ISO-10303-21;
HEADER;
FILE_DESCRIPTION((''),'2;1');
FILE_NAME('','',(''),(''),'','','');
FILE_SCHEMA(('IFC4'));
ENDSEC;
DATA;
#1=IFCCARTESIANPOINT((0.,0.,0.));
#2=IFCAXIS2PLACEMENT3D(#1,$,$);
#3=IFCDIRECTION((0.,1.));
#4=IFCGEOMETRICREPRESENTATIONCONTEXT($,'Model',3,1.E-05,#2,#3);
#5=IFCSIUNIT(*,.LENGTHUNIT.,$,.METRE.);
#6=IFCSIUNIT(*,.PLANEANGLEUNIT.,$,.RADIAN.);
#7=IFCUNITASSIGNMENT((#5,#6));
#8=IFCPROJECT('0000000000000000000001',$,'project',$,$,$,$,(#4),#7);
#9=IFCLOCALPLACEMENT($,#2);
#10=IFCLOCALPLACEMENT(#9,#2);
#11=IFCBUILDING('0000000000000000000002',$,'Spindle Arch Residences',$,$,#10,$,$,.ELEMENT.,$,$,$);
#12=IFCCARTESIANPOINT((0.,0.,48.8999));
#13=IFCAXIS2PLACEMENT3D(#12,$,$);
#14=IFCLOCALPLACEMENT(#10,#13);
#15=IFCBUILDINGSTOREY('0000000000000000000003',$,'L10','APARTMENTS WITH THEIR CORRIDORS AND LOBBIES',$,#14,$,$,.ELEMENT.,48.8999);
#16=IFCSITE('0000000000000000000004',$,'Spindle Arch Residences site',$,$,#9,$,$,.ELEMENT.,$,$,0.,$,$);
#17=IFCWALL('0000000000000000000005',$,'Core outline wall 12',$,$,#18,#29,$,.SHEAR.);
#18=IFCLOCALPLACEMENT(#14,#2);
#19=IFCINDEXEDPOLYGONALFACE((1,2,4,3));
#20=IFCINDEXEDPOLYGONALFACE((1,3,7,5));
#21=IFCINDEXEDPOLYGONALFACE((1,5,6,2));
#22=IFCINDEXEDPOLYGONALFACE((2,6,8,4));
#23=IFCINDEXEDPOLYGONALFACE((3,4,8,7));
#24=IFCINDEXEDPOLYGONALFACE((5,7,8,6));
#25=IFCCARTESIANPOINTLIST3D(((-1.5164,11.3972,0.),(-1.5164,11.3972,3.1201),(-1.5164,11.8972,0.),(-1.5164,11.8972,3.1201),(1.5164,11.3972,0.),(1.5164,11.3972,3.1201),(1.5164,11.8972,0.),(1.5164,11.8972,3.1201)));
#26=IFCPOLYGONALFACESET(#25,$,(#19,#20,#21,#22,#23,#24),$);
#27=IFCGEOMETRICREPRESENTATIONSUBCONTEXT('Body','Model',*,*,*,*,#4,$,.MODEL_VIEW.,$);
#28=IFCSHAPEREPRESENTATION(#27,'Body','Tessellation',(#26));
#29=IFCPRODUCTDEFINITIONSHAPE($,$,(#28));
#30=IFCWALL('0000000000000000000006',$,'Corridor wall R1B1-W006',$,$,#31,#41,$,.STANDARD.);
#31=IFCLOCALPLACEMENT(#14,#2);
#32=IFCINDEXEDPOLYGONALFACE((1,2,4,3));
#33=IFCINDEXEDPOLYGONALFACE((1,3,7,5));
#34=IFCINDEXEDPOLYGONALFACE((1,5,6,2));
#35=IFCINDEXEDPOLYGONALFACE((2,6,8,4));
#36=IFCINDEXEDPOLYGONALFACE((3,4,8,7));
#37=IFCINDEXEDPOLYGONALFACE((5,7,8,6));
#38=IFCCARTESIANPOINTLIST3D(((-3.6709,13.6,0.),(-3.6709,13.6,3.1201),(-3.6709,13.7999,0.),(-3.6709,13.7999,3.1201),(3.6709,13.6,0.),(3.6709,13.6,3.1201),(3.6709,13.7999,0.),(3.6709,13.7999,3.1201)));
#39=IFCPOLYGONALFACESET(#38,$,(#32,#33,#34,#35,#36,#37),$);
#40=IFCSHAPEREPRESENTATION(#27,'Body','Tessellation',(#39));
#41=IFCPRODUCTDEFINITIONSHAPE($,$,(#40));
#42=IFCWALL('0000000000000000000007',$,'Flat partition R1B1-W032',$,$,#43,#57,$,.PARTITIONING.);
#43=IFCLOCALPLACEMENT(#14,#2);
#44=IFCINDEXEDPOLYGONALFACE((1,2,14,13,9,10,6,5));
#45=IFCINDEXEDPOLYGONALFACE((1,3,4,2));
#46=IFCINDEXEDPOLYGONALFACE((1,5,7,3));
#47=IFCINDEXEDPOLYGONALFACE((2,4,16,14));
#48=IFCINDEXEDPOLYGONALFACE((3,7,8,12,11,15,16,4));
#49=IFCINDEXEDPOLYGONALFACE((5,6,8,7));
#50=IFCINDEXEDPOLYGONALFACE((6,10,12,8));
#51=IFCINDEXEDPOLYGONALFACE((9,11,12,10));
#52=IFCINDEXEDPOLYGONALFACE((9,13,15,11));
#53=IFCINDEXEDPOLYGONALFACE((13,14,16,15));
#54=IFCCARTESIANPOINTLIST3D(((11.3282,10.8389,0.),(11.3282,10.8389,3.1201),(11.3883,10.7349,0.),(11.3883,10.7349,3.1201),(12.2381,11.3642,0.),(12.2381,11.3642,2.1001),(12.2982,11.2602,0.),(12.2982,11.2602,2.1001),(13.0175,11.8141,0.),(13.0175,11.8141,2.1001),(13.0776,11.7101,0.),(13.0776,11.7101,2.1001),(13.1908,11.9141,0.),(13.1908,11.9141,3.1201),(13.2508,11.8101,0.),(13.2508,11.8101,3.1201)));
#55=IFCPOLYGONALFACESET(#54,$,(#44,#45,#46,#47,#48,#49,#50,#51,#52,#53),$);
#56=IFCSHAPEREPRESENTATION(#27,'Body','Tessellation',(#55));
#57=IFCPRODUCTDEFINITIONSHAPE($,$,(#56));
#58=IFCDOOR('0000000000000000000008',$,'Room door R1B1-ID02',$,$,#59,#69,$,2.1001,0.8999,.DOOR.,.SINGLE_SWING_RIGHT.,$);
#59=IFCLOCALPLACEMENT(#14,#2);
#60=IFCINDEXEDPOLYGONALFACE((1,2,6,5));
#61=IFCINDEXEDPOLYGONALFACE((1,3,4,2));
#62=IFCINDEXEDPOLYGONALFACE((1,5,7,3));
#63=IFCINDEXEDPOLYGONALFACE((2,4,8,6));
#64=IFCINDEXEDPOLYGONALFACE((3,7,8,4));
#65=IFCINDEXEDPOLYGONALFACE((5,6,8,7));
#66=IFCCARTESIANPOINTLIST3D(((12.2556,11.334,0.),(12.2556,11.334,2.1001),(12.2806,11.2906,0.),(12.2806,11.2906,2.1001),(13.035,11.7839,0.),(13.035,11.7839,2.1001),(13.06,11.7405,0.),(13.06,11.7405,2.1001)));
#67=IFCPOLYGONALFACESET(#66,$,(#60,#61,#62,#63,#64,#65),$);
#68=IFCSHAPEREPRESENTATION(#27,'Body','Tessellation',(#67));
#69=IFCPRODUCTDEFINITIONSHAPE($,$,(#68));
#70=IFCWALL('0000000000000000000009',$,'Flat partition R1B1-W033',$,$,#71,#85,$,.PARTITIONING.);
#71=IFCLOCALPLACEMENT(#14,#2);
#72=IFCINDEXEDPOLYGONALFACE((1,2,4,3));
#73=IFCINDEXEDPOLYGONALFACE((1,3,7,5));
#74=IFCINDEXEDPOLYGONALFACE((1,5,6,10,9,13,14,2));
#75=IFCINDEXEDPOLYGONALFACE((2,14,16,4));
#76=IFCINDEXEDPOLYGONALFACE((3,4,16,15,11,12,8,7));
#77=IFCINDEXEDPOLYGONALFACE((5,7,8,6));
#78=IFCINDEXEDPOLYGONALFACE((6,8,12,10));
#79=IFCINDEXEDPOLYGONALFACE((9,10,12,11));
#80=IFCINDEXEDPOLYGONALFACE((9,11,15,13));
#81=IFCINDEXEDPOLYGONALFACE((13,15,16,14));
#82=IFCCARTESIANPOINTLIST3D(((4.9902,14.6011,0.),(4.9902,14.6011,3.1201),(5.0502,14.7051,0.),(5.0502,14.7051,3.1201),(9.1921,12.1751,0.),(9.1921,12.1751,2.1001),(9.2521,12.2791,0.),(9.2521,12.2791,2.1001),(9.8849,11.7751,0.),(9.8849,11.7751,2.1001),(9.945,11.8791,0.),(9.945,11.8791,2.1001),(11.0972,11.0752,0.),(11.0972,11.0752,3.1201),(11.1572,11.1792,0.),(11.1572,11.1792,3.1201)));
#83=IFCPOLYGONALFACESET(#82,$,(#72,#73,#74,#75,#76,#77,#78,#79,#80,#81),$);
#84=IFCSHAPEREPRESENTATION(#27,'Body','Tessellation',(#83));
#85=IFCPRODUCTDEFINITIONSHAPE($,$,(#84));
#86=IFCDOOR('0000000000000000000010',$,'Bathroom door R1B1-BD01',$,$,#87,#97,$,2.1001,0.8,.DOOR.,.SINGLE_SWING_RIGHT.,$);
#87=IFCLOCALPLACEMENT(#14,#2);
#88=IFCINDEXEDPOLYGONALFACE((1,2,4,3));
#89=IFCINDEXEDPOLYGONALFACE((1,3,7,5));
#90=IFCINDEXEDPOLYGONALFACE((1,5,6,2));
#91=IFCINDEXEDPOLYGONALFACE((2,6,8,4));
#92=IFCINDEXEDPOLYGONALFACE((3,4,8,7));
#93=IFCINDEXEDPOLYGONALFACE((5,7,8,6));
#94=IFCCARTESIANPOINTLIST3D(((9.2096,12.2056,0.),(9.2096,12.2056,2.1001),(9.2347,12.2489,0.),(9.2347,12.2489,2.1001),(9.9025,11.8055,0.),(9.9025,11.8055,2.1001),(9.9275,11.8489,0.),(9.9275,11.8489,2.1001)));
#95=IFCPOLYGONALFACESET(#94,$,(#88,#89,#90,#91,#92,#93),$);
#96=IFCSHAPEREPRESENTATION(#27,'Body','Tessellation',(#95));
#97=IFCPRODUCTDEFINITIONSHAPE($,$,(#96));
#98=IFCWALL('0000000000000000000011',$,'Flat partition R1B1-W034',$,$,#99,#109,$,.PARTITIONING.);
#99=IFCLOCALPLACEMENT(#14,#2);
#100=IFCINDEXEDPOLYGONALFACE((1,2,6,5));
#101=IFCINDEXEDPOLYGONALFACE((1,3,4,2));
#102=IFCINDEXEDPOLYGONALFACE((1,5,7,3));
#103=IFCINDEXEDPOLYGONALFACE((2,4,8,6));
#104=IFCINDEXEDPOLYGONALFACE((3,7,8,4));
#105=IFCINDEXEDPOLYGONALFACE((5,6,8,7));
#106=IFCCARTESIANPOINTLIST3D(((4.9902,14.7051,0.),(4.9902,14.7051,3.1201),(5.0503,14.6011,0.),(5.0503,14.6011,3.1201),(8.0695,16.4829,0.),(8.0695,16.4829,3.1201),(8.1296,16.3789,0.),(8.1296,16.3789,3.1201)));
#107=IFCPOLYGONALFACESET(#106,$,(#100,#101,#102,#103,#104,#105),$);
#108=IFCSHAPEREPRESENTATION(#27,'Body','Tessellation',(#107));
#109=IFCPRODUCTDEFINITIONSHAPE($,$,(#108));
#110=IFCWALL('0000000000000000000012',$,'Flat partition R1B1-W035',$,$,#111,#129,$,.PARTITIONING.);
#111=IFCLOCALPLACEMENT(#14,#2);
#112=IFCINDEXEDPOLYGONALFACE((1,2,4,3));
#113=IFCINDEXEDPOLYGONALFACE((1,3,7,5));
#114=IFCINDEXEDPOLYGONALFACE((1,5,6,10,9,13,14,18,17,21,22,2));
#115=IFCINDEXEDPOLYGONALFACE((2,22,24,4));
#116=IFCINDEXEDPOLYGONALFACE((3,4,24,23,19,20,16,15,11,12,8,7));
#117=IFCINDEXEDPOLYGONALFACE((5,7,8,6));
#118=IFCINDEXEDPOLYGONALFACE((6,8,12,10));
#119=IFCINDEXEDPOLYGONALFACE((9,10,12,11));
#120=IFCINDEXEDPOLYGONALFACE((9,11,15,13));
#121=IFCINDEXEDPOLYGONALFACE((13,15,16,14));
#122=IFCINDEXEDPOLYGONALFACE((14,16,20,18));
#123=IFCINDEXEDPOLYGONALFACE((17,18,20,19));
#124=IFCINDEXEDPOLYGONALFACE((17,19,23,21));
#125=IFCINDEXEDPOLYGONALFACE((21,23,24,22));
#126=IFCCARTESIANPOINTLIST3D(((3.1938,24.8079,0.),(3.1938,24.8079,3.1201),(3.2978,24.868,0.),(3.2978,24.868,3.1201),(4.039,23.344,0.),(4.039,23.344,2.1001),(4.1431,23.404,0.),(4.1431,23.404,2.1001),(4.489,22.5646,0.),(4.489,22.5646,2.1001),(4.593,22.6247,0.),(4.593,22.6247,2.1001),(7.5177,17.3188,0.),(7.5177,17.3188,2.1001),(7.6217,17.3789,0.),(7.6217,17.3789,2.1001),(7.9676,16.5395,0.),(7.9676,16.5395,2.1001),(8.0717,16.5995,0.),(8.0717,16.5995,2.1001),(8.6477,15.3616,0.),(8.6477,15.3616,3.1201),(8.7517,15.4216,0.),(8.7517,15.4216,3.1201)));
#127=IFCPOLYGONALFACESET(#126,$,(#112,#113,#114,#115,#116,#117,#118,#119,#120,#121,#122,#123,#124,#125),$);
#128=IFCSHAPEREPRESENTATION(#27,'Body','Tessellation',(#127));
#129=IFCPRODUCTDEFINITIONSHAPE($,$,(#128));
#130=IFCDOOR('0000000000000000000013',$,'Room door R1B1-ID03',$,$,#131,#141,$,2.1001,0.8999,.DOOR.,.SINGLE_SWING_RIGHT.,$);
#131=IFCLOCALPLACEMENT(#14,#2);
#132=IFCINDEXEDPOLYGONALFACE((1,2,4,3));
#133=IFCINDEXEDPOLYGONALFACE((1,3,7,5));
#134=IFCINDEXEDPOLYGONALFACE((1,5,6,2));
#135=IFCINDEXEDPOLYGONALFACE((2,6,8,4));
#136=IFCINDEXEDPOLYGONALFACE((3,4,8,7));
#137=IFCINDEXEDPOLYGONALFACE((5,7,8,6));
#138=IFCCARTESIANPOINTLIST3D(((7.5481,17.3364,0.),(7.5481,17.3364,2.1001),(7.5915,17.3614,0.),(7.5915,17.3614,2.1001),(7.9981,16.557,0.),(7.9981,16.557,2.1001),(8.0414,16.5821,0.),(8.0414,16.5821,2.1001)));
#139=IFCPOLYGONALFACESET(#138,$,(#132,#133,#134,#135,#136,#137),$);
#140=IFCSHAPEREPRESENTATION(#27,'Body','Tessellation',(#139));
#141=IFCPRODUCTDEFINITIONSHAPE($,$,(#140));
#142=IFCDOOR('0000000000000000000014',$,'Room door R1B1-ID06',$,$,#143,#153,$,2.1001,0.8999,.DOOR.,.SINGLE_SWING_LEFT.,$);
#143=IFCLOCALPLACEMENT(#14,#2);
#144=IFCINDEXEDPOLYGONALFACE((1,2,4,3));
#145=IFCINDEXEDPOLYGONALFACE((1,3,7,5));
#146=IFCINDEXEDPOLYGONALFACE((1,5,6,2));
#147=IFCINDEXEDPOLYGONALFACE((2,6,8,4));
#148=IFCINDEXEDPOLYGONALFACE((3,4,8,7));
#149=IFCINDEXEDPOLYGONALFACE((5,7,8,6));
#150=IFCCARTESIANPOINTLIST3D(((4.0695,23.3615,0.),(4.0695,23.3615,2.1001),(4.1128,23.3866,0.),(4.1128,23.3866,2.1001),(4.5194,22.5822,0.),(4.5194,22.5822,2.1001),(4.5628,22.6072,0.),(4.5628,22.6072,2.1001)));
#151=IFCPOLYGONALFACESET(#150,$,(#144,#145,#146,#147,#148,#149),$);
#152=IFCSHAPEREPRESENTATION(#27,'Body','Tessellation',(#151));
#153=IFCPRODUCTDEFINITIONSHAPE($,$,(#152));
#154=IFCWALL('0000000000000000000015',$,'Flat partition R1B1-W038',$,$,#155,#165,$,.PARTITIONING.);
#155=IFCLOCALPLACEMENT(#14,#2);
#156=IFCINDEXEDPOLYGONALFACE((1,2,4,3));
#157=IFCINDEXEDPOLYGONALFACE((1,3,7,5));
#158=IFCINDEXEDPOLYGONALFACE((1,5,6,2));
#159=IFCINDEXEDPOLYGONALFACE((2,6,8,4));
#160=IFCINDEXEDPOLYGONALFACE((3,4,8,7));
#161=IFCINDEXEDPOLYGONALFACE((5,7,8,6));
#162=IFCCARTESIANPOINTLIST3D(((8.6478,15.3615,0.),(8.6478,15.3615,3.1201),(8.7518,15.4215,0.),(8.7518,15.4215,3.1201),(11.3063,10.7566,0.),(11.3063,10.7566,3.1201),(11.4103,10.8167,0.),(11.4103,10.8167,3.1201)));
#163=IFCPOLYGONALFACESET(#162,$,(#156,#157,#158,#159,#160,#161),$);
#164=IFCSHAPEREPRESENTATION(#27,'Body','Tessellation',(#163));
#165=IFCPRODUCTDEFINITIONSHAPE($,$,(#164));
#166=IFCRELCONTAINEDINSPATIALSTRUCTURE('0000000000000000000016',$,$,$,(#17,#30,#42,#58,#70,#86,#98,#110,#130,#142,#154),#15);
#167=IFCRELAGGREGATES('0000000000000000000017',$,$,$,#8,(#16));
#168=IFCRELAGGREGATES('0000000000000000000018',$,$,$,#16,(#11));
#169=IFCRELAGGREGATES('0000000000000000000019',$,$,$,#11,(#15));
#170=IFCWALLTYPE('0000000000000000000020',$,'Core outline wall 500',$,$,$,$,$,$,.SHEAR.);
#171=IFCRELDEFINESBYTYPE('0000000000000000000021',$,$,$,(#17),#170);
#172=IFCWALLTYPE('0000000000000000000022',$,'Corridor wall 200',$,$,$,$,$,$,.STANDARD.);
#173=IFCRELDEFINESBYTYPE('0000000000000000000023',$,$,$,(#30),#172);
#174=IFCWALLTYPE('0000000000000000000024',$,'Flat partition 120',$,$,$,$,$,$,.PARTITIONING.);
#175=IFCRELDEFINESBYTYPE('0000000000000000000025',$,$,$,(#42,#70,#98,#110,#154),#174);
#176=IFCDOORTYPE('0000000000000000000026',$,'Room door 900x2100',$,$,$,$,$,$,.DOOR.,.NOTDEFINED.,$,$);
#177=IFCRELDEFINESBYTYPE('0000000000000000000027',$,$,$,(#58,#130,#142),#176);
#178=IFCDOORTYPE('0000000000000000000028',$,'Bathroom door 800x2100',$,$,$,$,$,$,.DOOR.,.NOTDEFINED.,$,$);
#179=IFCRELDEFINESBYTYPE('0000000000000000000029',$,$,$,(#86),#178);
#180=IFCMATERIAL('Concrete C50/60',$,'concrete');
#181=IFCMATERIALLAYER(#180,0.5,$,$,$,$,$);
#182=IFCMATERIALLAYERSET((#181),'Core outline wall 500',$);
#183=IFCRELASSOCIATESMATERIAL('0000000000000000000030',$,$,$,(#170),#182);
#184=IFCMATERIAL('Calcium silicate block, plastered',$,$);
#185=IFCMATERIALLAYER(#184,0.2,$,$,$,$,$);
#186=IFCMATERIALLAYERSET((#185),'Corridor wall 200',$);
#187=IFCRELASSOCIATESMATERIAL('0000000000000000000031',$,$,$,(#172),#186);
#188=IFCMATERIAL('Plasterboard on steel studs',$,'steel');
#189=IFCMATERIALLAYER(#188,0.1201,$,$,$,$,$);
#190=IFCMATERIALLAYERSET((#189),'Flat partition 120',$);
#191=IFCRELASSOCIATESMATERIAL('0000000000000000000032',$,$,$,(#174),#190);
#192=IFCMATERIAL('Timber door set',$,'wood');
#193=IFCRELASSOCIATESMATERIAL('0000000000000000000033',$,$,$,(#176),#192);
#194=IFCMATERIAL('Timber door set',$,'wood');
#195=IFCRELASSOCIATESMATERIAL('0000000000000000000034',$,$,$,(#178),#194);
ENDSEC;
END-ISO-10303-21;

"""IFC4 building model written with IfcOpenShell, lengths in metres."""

from ifc_helpers import new_model, si_unit, direction, frame, frame_2d, origin, place, context, subcontext, project, spatial, rectangle, extrude, material, layer, layer_set, type_object, element, fill, save


model = new_model("IFC4")

# Units and contexts
model_context = context("Model", 3, precision=1e-05, world=origin(), true_north=direction((0.0, 1.0)))
body_context = subcontext(model_context, "Body", "Model", "MODEL_VIEW")
ifc_project = project(units=[si_unit("LENGTHUNIT", "METRE"), si_unit("PLANEANGLEUNIT", "RADIAN")], contexts=[model_context])

# Site, building, storey
site_placement = place(None, origin())
site = spatial("IfcSite", under=ifc_project, at=site_placement, Name="Spindle Arch Residences site", CompositionType="ELEMENT", RefElevation=0.0)
building_placement = place(site_placement, origin())
building = spatial("IfcBuilding", under=site, at=building_placement, Name="Spindle Arch Residences", CompositionType="ELEMENT")
storey_placement = place(building_placement, frame((0.0, 0.0, 48.8999)))
storey = spatial("IfcBuildingStorey", under=building, at=storey_placement, Name="L10", Description="APARTMENTS WITH THEIR CORRIDORS AND LOBBIES", CompositionType="ELEMENT", Elevation=48.8999)

# Walls
ifc_material_1 = material(Name="Concrete C50/60", Category="concrete")
ifc_layer_1 = layer(ifc_material_1, 0.5)
ifc_layer_set_1 = layer_set([ifc_layer_1], Name="Core outline wall 500")
wall_type_1 = type_object("IfcWallType", Name="Core outline wall 500", PredefinedType="SHEAR", material=ifc_layer_set_1)
wall_1_placement = place(storey_placement, frame((1.5164, 11.6472, 0.0), z_axis=(0.0, 0.0, 1.0), x_axis=(-1.0, 0.0, 0.0)))
element("IfcWall", 1, at=wall_1_placement, inside=storey, type_object=wall_type_1, Name="Core outline wall 12", PredefinedType="SHEAR", context=body_context, shape_type="SweptSolid", body=[
    extrude(rectangle(XDim=3.0327, YDim=0.5, at=frame_2d((1.5164, 0.0))), origin(), (0.0, 0.0, 1.0), 3.1201),
])
ifc_material_2 = material(Name="Calcium silicate block, plastered")
ifc_layer_2 = layer(ifc_material_2, 0.2)
ifc_layer_set_2 = layer_set([ifc_layer_2], Name="Corridor wall 200")
wall_type_2 = type_object("IfcWallType", Name="Corridor wall 200", PredefinedType="STANDARD", material=ifc_layer_set_2)
wall_2_placement = place(storey_placement, frame((3.6709, 13.7, 0.0), z_axis=(0.0, 0.0, 1.0), x_axis=(-1.0, 0.0, 0.0)))
element("IfcWall", 2, at=wall_2_placement, inside=storey, type_object=wall_type_2, Name="Corridor wall R1B1-W006", PredefinedType="STANDARD", context=body_context, shape_type="SweptSolid", body=[
    extrude(rectangle(XDim=7.3418, YDim=0.2, at=frame_2d((3.6709, 0.0))), origin(), (0.0, 0.0, 1.0), 3.1201),
])

# Walls, openings, doors
ifc_material_3 = material(Name="Plasterboard on steel studs", Category="steel")
ifc_layer_3 = layer(ifc_material_3, 0.1201)
ifc_layer_set_3 = layer_set([ifc_layer_3], Name="Flat partition 120")
wall_type_3 = type_object("IfcWallType", Name="Flat partition 120", PredefinedType="PARTITIONING", material=ifc_layer_set_3)
wall_3_placement = place(storey_placement, frame((13.2207, 11.8621, 0.0), z_axis=(0.0, 0.0, 1.0), x_axis=(-0.866055, -0.499948, 0.0)))
wall_3 = element("IfcWall", 3, at=wall_3_placement, inside=storey, type_object=wall_type_3, Name="Flat partition R1B1-W032", PredefinedType="PARTITIONING", context=body_context, shape_type="SweptSolid", body=[
    extrude(rectangle(XDim=2.1506, YDim=0.1201, at=frame_2d((1.0752, 0.0))), origin(), (0.0, 0.0, 1.0), 3.1201),
])
opening_1_placement = place(wall_3_placement, frame((0.2, 0.0, 0.0)))
opening_1 = element("IfcOpeningElement", 4, at=opening_1_placement, cuts=wall_3, PredefinedType="OPENING", context=body_context, shape_type="SweptSolid", body=[
    extrude(rectangle(XDim=0.8999, YDim=2.1001, at=frame_2d((0.45, 1.05))), frame((0.0, 0.0701, 0.0), z_axis=(0.0, -1.0, 0.0), x_axis=(1.0, 0.0, 0.0)), (0.0, 0.0, 1.0), 0.1401),
])
ifc_material_4 = material(Name="Timber door set", Category="wood")
door_type_1 = type_object("IfcDoorType", Name="Room door 900x2100", OperationType="NOTDEFINED", PredefinedType="DOOR", material=ifc_material_4)
door_1_placement = place(opening_1_placement, origin())
door_1 = element("IfcDoor", 5, at=door_1_placement, inside=storey, type_object=door_type_1, Name="Room door R1B1-ID02", OperationType="SINGLE_SWING_RIGHT", OverallHeight=2.1001, OverallWidth=0.8999, PredefinedType="DOOR", context=body_context, shape_type="SweptSolid", body=[
    extrude(rectangle(XDim=0.8999, YDim=2.1001, at=frame_2d((0.45, 1.05))), frame((0.0, 0.0249, 0.0), z_axis=(0.0, -1.0, 0.0), x_axis=(1.0, 0.0, 0.0)), (0.0, 0.0, 1.0), 0.05),
])
fill(opening_1, door_1)
wall_4_placement = place(storey_placement, frame((11.1272, 11.1272, 0.0), z_axis=(0.0, 0.0, 1.0), x_axis=(-0.866023, 0.500004, 0.0)))
wall_4 = element("IfcWall", 6, at=wall_4_placement, inside=storey, type_object=wall_type_3, Name="Flat partition R1B1-W033", PredefinedType="PARTITIONING", context=body_context, shape_type="SweptSolid", body=[
    extrude(rectangle(XDim=7.0518, YDim=0.1201, at=frame_2d((3.5259, 0.0))), origin(), (0.0, 0.0, 1.0), 3.1201),
])
opening_2_placement = place(wall_4_placement, frame((1.3999, 0.0, 0.0)))
opening_2 = element("IfcOpeningElement", 7, at=opening_2_placement, cuts=wall_4, PredefinedType="OPENING", context=body_context, shape_type="SweptSolid", body=[
    extrude(rectangle(XDim=0.8, YDim=2.1001, at=frame_2d((0.3999, 1.05))), frame((0.0, 0.0701, 0.0), z_axis=(0.0, -1.0, 0.0), x_axis=(1.0, 0.0, 0.0)), (0.0, 0.0, 1.0), 0.1401),
])
ifc_material_5 = material(Name="Timber door set", Category="wood")
door_type_2 = type_object("IfcDoorType", Name="Bathroom door 800x2100", OperationType="NOTDEFINED", PredefinedType="DOOR", material=ifc_material_5)
door_2_placement = place(opening_2_placement, origin())
door_2 = element("IfcDoor", 8, at=door_2_placement, inside=storey, type_object=door_type_2, Name="Bathroom door R1B1-BD01", OperationType="SINGLE_SWING_RIGHT", OverallHeight=2.1001, OverallWidth=0.8, PredefinedType="DOOR", context=body_context, shape_type="SweptSolid", body=[
    extrude(rectangle(XDim=0.8, YDim=2.1001, at=frame_2d((0.3999, 1.05))), frame((0.0, 0.0249, 0.0), z_axis=(0.0, -1.0, 0.0), x_axis=(1.0, 0.0, 0.0)), (0.0, 0.0, 1.0), 0.05),
])
fill(opening_2, door_2)

# Wall
wall_5_placement = place(storey_placement, frame((5.0203, 14.6531, 0.0), z_axis=(0.0, 0.0, 1.0), x_axis=(0.866029, 0.499994, 0.0)))
element("IfcWall", 9, at=wall_5_placement, inside=storey, type_object=wall_type_3, Name="Flat partition R1B1-W034", PredefinedType="PARTITIONING", context=body_context, shape_type="SweptSolid", body=[
    extrude(rectangle(XDim=3.5557, YDim=0.1201, at=frame_2d((1.7778, 0.0))), origin(), (0.0, 0.0, 1.0), 3.1201),
])

# Wall, openings, doors
wall_6_placement = place(storey_placement, frame((8.6997, 15.3916, 0.0), z_axis=(0.0, 0.0, 1.0), x_axis=(-0.500003, 0.866024, 0.0)))
wall_6 = element("IfcWall", 10, at=wall_6_placement, inside=storey, type_object=wall_type_3, Name="Flat partition R1B1-W035", PredefinedType="PARTITIONING", context=body_context, shape_type="SweptSolid", body=[
    extrude(rectangle(XDim=10.9077, YDim=0.1201, at=frame_2d((5.4539, 0.0))), origin(), (0.0, 0.0, 1.0), 3.1201),
])
opening_3_placement = place(wall_6_placement, frame((1.3601, 0.0, 0.0)))
opening_3 = element("IfcOpeningElement", 11, at=opening_3_placement, cuts=wall_6, PredefinedType="OPENING", context=body_context, shape_type="SweptSolid", body=[
    extrude(rectangle(XDim=0.8999, YDim=2.1001, at=frame_2d((0.45, 1.05))), frame((0.0, 0.0701, 0.0), z_axis=(0.0, -1.0, 0.0), x_axis=(1.0, 0.0, 0.0)), (0.0, 0.0, 1.0), 0.1401),
])
opening_4_placement = place(wall_6_placement, frame((8.3174, 0.0, 0.0)))
opening_4 = element("IfcOpeningElement", 12, at=opening_4_placement, cuts=wall_6, PredefinedType="OPENING", context=body_context, shape_type="SweptSolid", body=[
    extrude(rectangle(XDim=0.8999, YDim=2.1001, at=frame_2d((0.45, 1.05))), frame((0.0, 0.0701, 0.0), z_axis=(0.0, -1.0, 0.0), x_axis=(1.0, 0.0, 0.0)), (0.0, 0.0, 1.0), 0.1401),
])
door_3_placement = place(opening_3_placement, origin())
door_3 = element("IfcDoor", 13, at=door_3_placement, inside=storey, type_object=door_type_1, Name="Room door R1B1-ID03", OperationType="SINGLE_SWING_RIGHT", OverallHeight=2.1001, OverallWidth=0.8999, PredefinedType="DOOR", context=body_context, shape_type="SweptSolid", body=[
    extrude(rectangle(XDim=0.8999, YDim=2.1001, at=frame_2d((0.45, 1.05))), frame((0.0, 0.0249, 0.0), z_axis=(0.0, -1.0, 0.0), x_axis=(1.0, 0.0, 0.0)), (0.0, 0.0, 1.0), 0.05),
])
fill(opening_3, door_3)
door_4_placement = place(opening_4_placement, origin())
door_4 = element("IfcDoor", 14, at=door_4_placement, inside=storey, type_object=door_type_1, Name="Room door R1B1-ID06", OperationType="SINGLE_SWING_LEFT", OverallHeight=2.1001, OverallWidth=0.8999, PredefinedType="DOOR", context=body_context, shape_type="SweptSolid", body=[
    extrude(rectangle(XDim=0.8999, YDim=2.1001, at=frame_2d((0.45, 1.05))), frame((0.0, 0.0249, 0.0), z_axis=(0.0, -1.0, 0.0), x_axis=(1.0, 0.0, 0.0)), (0.0, 0.0, 1.0), 0.05),
])
fill(opening_4, door_4)

# Wall
wall_7_placement = place(storey_placement, frame((8.6997, 15.3916, 0.0), z_axis=(0.0, 0.0, 1.0), x_axis=(0.499986, -0.866033, 0.0)))
element("IfcWall", 15, at=wall_7_placement, inside=storey, type_object=wall_type_3, Name="Flat partition R1B1-W038", PredefinedType="PARTITIONING", context=body_context, shape_type="SweptSolid", body=[
    extrude(rectangle(XDim=5.3171, YDim=0.1201, at=frame_2d((2.6587, 0.0))), origin(), (0.0, 0.0, 1.0), 3.1201),
])

save(model, "model.ifc")
